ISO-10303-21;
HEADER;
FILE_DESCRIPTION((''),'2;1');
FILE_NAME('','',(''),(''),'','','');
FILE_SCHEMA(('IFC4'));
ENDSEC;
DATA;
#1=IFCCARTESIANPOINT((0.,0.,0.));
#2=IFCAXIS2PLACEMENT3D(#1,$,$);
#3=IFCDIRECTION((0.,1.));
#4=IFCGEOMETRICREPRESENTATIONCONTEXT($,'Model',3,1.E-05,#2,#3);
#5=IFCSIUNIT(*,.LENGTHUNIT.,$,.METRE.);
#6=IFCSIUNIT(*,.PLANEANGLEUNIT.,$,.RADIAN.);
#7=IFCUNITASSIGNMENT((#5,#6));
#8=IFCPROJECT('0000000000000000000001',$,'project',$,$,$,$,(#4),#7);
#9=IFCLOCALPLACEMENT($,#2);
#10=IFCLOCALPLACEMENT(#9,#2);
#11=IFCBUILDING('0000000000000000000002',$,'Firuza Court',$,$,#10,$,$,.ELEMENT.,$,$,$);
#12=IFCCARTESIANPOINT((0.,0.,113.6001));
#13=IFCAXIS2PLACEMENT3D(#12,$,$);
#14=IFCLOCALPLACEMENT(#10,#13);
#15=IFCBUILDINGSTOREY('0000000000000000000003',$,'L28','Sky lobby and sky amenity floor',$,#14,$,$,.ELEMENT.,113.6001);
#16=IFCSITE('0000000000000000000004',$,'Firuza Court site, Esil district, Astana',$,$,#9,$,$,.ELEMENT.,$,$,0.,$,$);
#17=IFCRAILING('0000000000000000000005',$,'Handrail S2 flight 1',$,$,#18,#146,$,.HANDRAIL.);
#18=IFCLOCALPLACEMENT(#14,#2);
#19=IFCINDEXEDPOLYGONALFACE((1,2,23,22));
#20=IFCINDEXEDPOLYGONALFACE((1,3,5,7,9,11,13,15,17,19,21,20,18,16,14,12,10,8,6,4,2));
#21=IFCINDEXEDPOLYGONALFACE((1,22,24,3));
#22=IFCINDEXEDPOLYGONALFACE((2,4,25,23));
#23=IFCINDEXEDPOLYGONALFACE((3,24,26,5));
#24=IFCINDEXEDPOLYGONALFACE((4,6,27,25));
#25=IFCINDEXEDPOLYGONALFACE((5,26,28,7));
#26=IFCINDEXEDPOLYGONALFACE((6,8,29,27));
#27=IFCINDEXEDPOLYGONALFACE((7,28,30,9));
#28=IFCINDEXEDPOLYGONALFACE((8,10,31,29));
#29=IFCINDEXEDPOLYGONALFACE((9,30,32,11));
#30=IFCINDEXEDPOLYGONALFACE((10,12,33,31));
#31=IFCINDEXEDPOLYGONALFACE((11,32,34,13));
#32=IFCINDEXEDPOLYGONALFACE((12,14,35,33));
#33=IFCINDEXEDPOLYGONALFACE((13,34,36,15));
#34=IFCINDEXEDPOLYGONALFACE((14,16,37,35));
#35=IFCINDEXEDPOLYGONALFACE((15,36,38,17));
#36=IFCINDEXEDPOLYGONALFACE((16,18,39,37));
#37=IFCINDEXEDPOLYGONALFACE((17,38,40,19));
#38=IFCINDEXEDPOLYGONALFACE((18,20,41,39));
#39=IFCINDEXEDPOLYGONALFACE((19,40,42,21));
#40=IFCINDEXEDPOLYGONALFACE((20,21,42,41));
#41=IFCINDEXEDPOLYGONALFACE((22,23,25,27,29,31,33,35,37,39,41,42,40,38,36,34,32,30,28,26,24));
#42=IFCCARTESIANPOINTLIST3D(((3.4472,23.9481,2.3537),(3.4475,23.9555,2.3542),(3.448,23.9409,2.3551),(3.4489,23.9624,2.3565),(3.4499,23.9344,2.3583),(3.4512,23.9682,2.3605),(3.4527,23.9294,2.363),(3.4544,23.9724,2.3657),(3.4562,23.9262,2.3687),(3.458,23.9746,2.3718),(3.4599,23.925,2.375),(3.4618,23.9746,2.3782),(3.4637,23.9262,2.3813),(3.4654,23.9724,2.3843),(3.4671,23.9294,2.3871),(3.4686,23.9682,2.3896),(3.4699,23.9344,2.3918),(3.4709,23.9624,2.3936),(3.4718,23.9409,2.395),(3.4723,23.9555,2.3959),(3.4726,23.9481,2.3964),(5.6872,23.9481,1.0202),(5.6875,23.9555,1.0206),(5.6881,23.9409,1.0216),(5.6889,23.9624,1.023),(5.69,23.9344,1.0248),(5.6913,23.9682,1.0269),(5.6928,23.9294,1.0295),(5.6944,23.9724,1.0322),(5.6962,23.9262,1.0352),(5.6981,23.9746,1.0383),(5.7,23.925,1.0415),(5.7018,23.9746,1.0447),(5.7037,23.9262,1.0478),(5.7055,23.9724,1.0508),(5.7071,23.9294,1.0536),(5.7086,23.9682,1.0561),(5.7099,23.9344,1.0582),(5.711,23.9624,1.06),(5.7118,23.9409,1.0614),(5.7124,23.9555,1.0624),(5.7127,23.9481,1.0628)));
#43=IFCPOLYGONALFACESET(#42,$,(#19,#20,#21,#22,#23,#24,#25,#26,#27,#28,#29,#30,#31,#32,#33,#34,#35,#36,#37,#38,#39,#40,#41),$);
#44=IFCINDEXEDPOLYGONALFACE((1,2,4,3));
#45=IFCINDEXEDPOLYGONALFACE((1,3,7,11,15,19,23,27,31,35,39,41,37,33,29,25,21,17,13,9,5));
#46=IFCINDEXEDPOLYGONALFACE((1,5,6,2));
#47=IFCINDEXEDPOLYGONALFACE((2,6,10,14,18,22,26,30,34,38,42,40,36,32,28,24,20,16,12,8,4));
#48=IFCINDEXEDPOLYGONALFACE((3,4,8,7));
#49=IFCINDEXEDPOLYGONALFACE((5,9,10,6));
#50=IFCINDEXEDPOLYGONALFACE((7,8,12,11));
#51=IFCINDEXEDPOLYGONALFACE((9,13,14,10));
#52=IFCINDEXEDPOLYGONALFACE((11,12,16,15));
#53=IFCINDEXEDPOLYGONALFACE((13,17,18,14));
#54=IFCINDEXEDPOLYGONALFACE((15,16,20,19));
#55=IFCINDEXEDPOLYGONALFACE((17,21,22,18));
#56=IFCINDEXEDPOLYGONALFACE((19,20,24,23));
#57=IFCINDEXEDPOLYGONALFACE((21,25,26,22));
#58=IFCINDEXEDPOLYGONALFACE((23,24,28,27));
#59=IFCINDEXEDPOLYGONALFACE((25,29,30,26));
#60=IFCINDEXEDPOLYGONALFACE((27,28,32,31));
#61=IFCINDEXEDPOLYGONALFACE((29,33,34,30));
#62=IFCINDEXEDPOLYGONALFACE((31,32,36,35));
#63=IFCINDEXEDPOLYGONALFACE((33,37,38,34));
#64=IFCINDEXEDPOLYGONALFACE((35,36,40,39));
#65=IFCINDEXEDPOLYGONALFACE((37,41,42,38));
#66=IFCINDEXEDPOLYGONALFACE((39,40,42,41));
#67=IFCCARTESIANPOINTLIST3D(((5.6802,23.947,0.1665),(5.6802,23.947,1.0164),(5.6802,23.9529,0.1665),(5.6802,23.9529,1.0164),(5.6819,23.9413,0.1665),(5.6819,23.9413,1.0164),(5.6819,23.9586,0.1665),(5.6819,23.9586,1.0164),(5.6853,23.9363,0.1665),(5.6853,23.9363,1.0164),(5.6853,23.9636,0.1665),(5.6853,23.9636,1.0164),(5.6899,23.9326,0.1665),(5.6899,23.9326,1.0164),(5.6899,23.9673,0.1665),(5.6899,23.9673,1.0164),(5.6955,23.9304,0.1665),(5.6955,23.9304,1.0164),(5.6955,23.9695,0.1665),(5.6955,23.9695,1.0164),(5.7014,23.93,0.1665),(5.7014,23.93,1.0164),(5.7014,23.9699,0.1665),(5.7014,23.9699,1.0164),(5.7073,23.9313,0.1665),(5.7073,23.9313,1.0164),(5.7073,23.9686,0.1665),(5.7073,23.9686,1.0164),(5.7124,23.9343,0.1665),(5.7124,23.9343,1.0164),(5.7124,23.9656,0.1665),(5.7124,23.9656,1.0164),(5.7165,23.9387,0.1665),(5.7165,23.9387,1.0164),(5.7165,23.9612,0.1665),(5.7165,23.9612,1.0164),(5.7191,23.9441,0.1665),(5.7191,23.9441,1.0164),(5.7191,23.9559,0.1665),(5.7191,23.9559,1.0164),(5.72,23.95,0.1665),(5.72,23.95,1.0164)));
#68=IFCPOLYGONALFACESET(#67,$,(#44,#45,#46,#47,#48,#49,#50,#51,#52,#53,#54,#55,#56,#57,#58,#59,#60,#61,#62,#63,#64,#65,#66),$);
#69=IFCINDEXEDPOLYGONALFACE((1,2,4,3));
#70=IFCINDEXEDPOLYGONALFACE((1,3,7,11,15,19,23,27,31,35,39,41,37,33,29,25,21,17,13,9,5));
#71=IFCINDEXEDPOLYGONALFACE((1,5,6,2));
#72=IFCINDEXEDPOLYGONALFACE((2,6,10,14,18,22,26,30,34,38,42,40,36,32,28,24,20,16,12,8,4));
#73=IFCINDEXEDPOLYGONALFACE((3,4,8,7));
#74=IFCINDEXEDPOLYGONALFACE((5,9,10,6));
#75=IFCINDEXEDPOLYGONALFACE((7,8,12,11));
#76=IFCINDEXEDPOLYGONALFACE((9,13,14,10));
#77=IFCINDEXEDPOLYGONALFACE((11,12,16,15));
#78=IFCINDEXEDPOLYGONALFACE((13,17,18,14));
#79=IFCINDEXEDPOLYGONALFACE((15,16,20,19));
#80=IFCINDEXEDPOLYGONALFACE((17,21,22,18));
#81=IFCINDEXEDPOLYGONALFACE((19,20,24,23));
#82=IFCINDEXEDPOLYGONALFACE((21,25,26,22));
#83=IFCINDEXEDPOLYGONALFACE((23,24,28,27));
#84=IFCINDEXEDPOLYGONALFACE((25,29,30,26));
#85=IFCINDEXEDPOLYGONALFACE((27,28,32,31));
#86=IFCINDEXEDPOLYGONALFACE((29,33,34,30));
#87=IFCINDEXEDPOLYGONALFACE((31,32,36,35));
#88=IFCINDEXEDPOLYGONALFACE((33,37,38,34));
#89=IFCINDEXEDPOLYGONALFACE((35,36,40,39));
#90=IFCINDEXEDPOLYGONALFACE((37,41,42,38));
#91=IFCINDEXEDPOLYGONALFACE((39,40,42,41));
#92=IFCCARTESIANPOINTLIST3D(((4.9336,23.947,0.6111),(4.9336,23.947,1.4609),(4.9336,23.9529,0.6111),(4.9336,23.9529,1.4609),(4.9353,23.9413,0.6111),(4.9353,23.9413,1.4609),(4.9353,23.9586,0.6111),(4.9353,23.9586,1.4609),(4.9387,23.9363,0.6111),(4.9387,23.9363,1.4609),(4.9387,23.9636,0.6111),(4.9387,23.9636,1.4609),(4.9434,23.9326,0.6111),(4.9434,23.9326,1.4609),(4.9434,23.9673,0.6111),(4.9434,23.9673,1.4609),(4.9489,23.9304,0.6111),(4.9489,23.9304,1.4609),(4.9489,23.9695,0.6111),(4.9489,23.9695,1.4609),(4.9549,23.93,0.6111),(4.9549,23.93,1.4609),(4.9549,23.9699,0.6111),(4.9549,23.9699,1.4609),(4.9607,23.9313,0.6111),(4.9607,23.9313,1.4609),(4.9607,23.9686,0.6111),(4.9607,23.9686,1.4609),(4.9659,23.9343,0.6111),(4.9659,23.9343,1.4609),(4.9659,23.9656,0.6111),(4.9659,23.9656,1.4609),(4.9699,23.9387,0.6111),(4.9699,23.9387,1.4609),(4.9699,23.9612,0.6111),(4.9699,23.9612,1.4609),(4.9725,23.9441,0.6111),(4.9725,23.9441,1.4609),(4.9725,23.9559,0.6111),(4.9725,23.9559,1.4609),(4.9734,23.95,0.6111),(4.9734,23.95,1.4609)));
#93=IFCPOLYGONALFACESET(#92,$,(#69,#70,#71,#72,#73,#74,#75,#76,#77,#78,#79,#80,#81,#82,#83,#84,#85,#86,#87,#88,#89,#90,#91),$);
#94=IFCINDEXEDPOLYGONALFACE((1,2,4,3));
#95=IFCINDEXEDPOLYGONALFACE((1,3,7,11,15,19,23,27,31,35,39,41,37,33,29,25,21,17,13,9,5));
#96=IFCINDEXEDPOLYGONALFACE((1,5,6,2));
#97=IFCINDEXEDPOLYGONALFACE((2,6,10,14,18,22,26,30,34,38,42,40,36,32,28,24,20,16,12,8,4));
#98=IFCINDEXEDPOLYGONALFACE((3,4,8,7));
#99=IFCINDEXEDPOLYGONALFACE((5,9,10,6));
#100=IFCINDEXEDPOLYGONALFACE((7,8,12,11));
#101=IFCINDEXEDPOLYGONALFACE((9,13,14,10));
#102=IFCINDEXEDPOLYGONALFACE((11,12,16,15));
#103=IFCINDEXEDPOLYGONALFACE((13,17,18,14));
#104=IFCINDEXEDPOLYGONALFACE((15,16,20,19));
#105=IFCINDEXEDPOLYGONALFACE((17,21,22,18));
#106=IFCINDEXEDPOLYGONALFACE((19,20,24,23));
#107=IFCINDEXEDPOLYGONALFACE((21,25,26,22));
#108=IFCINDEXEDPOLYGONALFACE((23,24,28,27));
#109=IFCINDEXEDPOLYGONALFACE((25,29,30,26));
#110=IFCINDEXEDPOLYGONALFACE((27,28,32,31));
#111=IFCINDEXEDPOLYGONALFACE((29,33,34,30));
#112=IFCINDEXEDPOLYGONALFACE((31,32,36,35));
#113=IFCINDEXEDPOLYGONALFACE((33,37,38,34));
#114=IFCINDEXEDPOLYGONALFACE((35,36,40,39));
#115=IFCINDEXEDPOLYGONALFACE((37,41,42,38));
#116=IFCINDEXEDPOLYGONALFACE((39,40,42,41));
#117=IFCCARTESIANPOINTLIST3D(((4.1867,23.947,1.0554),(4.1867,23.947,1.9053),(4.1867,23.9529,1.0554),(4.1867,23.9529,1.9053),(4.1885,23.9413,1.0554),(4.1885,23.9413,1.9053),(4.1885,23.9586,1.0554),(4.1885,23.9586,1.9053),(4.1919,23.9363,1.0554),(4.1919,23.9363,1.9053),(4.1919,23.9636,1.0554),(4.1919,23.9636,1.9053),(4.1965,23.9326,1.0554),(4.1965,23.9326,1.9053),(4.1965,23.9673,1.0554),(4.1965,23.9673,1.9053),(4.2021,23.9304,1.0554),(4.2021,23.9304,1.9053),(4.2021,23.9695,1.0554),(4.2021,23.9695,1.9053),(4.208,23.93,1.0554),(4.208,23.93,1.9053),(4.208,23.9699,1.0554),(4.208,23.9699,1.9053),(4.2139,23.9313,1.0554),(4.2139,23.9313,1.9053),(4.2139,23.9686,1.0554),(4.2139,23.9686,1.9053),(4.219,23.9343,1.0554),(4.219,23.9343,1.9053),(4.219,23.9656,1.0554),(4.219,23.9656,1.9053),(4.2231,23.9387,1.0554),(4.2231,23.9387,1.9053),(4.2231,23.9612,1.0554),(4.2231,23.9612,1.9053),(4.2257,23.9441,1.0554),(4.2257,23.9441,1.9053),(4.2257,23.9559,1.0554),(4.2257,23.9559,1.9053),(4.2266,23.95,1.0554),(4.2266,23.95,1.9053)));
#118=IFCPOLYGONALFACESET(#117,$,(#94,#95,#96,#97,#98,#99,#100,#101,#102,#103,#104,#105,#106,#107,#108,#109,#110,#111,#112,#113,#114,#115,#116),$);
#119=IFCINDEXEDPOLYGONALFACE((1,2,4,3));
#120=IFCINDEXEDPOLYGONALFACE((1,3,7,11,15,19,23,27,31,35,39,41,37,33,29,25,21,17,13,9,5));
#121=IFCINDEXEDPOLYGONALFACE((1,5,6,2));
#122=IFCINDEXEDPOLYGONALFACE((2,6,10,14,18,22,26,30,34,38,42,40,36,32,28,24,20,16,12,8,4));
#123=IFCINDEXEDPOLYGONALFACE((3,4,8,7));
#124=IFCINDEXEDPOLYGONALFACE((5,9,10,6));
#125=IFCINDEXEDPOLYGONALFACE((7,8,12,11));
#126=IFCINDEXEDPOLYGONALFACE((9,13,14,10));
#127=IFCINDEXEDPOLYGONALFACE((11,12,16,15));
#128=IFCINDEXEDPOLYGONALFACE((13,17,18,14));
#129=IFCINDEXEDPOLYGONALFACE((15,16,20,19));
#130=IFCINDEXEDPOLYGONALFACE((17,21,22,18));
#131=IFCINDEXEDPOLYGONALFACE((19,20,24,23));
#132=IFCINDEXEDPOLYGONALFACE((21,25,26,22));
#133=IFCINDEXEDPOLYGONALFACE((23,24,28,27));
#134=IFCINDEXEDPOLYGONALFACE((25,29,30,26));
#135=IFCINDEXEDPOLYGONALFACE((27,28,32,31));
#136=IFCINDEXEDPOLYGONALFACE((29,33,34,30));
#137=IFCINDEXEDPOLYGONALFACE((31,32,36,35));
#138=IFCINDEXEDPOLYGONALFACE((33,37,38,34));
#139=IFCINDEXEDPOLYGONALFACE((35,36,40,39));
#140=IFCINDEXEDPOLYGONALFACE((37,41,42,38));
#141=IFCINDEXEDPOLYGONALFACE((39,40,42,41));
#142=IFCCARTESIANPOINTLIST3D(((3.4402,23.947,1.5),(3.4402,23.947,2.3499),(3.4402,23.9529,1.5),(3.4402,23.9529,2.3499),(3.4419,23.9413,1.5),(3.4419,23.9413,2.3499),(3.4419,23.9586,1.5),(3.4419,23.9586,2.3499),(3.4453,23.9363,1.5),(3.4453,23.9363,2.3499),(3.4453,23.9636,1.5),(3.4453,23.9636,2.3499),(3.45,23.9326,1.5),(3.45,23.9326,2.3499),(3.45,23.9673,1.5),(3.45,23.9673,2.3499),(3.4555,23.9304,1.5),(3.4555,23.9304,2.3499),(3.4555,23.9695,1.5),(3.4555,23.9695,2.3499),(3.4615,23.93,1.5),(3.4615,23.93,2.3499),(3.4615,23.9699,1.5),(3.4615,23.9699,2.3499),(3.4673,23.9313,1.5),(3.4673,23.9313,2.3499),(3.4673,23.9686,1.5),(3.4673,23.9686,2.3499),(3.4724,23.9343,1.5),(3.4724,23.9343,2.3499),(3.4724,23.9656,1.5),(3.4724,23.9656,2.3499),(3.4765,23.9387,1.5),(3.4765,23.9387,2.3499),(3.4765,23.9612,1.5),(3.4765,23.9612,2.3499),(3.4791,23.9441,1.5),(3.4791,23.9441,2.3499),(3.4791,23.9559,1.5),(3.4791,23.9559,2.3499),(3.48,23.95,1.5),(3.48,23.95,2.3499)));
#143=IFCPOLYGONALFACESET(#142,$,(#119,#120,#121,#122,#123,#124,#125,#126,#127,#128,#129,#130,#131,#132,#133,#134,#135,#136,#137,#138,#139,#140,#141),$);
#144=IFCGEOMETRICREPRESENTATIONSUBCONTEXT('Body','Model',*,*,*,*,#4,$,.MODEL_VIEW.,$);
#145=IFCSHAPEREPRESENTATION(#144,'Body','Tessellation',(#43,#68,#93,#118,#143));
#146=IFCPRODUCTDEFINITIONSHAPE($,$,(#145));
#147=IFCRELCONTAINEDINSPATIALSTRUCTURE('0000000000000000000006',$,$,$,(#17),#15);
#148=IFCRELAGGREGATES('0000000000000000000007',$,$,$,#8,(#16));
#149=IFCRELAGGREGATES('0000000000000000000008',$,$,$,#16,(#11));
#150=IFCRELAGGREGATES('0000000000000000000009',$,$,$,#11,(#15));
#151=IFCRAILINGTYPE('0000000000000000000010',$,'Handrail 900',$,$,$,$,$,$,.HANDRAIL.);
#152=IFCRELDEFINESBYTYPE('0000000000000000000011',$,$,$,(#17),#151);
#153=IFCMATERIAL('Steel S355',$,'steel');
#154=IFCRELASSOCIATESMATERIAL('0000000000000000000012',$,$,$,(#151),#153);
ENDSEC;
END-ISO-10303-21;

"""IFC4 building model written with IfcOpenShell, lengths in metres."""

from ifc_helpers import new_model, si_unit, direction, frame, origin, origin_2d, place, context, subcontext, project, spatial, circle, extrude, material, type_object, element, save


model = new_model("IFC4")

# Units and contexts
model_context = context("Model", 3, precision=1e-05, world=origin(), true_north=direction((0.0, 1.0)))
body_context = subcontext(model_context, "Body", "Model", "MODEL_VIEW")
ifc_project = project(units=[si_unit("LENGTHUNIT", "METRE"), si_unit("PLANEANGLEUNIT", "RADIAN")], contexts=[model_context])

# Site, building, storey
site_placement = place(None, origin())
site = spatial("IfcSite", under=ifc_project, at=site_placement, Name="Firuza Court site, Esil district, Astana", CompositionType="ELEMENT", RefElevation=0.0)
building_placement = place(site_placement, origin())
building = spatial("IfcBuilding", under=site, at=building_placement, Name="Firuza Court", CompositionType="ELEMENT")
storey_placement = place(building_placement, frame((0.0, 0.0, 113.6001)))
storey = spatial("IfcBuildingStorey", under=building, at=storey_placement, Name="L28", Description="Sky lobby and sky amenity floor", CompositionType="ELEMENT", Elevation=113.6001)

# Railing
ifc_material_1 = material(Name="Steel S355", Category="steel")
railing_type_1 = type_object("IfcRailingType", Name="Handrail 900", PredefinedType="HANDRAIL", material=ifc_material_1)
railing_1_placement = place(storey_placement, frame((5.7, 23.95, 0.1665)))
element("IfcRailing", 1, at=railing_1_placement, inside=storey, type_object=railing_type_1, Name="Handrail S2 flight 1", PredefinedType="HANDRAIL", context=body_context, shape_type="SweptSolid", body=[
    extrude(circle(Radius=0.0249, at=origin_2d()), frame((0.0, 0.0, 0.875), z_axis=(-0.859264, 0.0, 0.511532), x_axis=(0.0, -1.0, 0.0)), (0.0, 0.0, 1.0), 2.6069),
    extrude(circle(Radius=0.02, at=origin_2d()), origin(), (0.0, 0.0, 1.0), 0.8499),
    extrude(circle(Radius=0.02, at=origin_2d()), frame((-0.7466, 0.0, 0.4446)), (0.0, 0.0, 1.0), 0.8499),
    extrude(circle(Radius=0.02, at=origin_2d()), frame((-1.4934, 0.0, 0.8889)), (0.0, 0.0, 1.0), 0.8499),
    extrude(circle(Radius=0.02, at=origin_2d()), frame((-2.24, 0.0, 1.3335)), (0.0, 0.0, 1.0), 0.8499),
])

save(model, "model.ifc")
